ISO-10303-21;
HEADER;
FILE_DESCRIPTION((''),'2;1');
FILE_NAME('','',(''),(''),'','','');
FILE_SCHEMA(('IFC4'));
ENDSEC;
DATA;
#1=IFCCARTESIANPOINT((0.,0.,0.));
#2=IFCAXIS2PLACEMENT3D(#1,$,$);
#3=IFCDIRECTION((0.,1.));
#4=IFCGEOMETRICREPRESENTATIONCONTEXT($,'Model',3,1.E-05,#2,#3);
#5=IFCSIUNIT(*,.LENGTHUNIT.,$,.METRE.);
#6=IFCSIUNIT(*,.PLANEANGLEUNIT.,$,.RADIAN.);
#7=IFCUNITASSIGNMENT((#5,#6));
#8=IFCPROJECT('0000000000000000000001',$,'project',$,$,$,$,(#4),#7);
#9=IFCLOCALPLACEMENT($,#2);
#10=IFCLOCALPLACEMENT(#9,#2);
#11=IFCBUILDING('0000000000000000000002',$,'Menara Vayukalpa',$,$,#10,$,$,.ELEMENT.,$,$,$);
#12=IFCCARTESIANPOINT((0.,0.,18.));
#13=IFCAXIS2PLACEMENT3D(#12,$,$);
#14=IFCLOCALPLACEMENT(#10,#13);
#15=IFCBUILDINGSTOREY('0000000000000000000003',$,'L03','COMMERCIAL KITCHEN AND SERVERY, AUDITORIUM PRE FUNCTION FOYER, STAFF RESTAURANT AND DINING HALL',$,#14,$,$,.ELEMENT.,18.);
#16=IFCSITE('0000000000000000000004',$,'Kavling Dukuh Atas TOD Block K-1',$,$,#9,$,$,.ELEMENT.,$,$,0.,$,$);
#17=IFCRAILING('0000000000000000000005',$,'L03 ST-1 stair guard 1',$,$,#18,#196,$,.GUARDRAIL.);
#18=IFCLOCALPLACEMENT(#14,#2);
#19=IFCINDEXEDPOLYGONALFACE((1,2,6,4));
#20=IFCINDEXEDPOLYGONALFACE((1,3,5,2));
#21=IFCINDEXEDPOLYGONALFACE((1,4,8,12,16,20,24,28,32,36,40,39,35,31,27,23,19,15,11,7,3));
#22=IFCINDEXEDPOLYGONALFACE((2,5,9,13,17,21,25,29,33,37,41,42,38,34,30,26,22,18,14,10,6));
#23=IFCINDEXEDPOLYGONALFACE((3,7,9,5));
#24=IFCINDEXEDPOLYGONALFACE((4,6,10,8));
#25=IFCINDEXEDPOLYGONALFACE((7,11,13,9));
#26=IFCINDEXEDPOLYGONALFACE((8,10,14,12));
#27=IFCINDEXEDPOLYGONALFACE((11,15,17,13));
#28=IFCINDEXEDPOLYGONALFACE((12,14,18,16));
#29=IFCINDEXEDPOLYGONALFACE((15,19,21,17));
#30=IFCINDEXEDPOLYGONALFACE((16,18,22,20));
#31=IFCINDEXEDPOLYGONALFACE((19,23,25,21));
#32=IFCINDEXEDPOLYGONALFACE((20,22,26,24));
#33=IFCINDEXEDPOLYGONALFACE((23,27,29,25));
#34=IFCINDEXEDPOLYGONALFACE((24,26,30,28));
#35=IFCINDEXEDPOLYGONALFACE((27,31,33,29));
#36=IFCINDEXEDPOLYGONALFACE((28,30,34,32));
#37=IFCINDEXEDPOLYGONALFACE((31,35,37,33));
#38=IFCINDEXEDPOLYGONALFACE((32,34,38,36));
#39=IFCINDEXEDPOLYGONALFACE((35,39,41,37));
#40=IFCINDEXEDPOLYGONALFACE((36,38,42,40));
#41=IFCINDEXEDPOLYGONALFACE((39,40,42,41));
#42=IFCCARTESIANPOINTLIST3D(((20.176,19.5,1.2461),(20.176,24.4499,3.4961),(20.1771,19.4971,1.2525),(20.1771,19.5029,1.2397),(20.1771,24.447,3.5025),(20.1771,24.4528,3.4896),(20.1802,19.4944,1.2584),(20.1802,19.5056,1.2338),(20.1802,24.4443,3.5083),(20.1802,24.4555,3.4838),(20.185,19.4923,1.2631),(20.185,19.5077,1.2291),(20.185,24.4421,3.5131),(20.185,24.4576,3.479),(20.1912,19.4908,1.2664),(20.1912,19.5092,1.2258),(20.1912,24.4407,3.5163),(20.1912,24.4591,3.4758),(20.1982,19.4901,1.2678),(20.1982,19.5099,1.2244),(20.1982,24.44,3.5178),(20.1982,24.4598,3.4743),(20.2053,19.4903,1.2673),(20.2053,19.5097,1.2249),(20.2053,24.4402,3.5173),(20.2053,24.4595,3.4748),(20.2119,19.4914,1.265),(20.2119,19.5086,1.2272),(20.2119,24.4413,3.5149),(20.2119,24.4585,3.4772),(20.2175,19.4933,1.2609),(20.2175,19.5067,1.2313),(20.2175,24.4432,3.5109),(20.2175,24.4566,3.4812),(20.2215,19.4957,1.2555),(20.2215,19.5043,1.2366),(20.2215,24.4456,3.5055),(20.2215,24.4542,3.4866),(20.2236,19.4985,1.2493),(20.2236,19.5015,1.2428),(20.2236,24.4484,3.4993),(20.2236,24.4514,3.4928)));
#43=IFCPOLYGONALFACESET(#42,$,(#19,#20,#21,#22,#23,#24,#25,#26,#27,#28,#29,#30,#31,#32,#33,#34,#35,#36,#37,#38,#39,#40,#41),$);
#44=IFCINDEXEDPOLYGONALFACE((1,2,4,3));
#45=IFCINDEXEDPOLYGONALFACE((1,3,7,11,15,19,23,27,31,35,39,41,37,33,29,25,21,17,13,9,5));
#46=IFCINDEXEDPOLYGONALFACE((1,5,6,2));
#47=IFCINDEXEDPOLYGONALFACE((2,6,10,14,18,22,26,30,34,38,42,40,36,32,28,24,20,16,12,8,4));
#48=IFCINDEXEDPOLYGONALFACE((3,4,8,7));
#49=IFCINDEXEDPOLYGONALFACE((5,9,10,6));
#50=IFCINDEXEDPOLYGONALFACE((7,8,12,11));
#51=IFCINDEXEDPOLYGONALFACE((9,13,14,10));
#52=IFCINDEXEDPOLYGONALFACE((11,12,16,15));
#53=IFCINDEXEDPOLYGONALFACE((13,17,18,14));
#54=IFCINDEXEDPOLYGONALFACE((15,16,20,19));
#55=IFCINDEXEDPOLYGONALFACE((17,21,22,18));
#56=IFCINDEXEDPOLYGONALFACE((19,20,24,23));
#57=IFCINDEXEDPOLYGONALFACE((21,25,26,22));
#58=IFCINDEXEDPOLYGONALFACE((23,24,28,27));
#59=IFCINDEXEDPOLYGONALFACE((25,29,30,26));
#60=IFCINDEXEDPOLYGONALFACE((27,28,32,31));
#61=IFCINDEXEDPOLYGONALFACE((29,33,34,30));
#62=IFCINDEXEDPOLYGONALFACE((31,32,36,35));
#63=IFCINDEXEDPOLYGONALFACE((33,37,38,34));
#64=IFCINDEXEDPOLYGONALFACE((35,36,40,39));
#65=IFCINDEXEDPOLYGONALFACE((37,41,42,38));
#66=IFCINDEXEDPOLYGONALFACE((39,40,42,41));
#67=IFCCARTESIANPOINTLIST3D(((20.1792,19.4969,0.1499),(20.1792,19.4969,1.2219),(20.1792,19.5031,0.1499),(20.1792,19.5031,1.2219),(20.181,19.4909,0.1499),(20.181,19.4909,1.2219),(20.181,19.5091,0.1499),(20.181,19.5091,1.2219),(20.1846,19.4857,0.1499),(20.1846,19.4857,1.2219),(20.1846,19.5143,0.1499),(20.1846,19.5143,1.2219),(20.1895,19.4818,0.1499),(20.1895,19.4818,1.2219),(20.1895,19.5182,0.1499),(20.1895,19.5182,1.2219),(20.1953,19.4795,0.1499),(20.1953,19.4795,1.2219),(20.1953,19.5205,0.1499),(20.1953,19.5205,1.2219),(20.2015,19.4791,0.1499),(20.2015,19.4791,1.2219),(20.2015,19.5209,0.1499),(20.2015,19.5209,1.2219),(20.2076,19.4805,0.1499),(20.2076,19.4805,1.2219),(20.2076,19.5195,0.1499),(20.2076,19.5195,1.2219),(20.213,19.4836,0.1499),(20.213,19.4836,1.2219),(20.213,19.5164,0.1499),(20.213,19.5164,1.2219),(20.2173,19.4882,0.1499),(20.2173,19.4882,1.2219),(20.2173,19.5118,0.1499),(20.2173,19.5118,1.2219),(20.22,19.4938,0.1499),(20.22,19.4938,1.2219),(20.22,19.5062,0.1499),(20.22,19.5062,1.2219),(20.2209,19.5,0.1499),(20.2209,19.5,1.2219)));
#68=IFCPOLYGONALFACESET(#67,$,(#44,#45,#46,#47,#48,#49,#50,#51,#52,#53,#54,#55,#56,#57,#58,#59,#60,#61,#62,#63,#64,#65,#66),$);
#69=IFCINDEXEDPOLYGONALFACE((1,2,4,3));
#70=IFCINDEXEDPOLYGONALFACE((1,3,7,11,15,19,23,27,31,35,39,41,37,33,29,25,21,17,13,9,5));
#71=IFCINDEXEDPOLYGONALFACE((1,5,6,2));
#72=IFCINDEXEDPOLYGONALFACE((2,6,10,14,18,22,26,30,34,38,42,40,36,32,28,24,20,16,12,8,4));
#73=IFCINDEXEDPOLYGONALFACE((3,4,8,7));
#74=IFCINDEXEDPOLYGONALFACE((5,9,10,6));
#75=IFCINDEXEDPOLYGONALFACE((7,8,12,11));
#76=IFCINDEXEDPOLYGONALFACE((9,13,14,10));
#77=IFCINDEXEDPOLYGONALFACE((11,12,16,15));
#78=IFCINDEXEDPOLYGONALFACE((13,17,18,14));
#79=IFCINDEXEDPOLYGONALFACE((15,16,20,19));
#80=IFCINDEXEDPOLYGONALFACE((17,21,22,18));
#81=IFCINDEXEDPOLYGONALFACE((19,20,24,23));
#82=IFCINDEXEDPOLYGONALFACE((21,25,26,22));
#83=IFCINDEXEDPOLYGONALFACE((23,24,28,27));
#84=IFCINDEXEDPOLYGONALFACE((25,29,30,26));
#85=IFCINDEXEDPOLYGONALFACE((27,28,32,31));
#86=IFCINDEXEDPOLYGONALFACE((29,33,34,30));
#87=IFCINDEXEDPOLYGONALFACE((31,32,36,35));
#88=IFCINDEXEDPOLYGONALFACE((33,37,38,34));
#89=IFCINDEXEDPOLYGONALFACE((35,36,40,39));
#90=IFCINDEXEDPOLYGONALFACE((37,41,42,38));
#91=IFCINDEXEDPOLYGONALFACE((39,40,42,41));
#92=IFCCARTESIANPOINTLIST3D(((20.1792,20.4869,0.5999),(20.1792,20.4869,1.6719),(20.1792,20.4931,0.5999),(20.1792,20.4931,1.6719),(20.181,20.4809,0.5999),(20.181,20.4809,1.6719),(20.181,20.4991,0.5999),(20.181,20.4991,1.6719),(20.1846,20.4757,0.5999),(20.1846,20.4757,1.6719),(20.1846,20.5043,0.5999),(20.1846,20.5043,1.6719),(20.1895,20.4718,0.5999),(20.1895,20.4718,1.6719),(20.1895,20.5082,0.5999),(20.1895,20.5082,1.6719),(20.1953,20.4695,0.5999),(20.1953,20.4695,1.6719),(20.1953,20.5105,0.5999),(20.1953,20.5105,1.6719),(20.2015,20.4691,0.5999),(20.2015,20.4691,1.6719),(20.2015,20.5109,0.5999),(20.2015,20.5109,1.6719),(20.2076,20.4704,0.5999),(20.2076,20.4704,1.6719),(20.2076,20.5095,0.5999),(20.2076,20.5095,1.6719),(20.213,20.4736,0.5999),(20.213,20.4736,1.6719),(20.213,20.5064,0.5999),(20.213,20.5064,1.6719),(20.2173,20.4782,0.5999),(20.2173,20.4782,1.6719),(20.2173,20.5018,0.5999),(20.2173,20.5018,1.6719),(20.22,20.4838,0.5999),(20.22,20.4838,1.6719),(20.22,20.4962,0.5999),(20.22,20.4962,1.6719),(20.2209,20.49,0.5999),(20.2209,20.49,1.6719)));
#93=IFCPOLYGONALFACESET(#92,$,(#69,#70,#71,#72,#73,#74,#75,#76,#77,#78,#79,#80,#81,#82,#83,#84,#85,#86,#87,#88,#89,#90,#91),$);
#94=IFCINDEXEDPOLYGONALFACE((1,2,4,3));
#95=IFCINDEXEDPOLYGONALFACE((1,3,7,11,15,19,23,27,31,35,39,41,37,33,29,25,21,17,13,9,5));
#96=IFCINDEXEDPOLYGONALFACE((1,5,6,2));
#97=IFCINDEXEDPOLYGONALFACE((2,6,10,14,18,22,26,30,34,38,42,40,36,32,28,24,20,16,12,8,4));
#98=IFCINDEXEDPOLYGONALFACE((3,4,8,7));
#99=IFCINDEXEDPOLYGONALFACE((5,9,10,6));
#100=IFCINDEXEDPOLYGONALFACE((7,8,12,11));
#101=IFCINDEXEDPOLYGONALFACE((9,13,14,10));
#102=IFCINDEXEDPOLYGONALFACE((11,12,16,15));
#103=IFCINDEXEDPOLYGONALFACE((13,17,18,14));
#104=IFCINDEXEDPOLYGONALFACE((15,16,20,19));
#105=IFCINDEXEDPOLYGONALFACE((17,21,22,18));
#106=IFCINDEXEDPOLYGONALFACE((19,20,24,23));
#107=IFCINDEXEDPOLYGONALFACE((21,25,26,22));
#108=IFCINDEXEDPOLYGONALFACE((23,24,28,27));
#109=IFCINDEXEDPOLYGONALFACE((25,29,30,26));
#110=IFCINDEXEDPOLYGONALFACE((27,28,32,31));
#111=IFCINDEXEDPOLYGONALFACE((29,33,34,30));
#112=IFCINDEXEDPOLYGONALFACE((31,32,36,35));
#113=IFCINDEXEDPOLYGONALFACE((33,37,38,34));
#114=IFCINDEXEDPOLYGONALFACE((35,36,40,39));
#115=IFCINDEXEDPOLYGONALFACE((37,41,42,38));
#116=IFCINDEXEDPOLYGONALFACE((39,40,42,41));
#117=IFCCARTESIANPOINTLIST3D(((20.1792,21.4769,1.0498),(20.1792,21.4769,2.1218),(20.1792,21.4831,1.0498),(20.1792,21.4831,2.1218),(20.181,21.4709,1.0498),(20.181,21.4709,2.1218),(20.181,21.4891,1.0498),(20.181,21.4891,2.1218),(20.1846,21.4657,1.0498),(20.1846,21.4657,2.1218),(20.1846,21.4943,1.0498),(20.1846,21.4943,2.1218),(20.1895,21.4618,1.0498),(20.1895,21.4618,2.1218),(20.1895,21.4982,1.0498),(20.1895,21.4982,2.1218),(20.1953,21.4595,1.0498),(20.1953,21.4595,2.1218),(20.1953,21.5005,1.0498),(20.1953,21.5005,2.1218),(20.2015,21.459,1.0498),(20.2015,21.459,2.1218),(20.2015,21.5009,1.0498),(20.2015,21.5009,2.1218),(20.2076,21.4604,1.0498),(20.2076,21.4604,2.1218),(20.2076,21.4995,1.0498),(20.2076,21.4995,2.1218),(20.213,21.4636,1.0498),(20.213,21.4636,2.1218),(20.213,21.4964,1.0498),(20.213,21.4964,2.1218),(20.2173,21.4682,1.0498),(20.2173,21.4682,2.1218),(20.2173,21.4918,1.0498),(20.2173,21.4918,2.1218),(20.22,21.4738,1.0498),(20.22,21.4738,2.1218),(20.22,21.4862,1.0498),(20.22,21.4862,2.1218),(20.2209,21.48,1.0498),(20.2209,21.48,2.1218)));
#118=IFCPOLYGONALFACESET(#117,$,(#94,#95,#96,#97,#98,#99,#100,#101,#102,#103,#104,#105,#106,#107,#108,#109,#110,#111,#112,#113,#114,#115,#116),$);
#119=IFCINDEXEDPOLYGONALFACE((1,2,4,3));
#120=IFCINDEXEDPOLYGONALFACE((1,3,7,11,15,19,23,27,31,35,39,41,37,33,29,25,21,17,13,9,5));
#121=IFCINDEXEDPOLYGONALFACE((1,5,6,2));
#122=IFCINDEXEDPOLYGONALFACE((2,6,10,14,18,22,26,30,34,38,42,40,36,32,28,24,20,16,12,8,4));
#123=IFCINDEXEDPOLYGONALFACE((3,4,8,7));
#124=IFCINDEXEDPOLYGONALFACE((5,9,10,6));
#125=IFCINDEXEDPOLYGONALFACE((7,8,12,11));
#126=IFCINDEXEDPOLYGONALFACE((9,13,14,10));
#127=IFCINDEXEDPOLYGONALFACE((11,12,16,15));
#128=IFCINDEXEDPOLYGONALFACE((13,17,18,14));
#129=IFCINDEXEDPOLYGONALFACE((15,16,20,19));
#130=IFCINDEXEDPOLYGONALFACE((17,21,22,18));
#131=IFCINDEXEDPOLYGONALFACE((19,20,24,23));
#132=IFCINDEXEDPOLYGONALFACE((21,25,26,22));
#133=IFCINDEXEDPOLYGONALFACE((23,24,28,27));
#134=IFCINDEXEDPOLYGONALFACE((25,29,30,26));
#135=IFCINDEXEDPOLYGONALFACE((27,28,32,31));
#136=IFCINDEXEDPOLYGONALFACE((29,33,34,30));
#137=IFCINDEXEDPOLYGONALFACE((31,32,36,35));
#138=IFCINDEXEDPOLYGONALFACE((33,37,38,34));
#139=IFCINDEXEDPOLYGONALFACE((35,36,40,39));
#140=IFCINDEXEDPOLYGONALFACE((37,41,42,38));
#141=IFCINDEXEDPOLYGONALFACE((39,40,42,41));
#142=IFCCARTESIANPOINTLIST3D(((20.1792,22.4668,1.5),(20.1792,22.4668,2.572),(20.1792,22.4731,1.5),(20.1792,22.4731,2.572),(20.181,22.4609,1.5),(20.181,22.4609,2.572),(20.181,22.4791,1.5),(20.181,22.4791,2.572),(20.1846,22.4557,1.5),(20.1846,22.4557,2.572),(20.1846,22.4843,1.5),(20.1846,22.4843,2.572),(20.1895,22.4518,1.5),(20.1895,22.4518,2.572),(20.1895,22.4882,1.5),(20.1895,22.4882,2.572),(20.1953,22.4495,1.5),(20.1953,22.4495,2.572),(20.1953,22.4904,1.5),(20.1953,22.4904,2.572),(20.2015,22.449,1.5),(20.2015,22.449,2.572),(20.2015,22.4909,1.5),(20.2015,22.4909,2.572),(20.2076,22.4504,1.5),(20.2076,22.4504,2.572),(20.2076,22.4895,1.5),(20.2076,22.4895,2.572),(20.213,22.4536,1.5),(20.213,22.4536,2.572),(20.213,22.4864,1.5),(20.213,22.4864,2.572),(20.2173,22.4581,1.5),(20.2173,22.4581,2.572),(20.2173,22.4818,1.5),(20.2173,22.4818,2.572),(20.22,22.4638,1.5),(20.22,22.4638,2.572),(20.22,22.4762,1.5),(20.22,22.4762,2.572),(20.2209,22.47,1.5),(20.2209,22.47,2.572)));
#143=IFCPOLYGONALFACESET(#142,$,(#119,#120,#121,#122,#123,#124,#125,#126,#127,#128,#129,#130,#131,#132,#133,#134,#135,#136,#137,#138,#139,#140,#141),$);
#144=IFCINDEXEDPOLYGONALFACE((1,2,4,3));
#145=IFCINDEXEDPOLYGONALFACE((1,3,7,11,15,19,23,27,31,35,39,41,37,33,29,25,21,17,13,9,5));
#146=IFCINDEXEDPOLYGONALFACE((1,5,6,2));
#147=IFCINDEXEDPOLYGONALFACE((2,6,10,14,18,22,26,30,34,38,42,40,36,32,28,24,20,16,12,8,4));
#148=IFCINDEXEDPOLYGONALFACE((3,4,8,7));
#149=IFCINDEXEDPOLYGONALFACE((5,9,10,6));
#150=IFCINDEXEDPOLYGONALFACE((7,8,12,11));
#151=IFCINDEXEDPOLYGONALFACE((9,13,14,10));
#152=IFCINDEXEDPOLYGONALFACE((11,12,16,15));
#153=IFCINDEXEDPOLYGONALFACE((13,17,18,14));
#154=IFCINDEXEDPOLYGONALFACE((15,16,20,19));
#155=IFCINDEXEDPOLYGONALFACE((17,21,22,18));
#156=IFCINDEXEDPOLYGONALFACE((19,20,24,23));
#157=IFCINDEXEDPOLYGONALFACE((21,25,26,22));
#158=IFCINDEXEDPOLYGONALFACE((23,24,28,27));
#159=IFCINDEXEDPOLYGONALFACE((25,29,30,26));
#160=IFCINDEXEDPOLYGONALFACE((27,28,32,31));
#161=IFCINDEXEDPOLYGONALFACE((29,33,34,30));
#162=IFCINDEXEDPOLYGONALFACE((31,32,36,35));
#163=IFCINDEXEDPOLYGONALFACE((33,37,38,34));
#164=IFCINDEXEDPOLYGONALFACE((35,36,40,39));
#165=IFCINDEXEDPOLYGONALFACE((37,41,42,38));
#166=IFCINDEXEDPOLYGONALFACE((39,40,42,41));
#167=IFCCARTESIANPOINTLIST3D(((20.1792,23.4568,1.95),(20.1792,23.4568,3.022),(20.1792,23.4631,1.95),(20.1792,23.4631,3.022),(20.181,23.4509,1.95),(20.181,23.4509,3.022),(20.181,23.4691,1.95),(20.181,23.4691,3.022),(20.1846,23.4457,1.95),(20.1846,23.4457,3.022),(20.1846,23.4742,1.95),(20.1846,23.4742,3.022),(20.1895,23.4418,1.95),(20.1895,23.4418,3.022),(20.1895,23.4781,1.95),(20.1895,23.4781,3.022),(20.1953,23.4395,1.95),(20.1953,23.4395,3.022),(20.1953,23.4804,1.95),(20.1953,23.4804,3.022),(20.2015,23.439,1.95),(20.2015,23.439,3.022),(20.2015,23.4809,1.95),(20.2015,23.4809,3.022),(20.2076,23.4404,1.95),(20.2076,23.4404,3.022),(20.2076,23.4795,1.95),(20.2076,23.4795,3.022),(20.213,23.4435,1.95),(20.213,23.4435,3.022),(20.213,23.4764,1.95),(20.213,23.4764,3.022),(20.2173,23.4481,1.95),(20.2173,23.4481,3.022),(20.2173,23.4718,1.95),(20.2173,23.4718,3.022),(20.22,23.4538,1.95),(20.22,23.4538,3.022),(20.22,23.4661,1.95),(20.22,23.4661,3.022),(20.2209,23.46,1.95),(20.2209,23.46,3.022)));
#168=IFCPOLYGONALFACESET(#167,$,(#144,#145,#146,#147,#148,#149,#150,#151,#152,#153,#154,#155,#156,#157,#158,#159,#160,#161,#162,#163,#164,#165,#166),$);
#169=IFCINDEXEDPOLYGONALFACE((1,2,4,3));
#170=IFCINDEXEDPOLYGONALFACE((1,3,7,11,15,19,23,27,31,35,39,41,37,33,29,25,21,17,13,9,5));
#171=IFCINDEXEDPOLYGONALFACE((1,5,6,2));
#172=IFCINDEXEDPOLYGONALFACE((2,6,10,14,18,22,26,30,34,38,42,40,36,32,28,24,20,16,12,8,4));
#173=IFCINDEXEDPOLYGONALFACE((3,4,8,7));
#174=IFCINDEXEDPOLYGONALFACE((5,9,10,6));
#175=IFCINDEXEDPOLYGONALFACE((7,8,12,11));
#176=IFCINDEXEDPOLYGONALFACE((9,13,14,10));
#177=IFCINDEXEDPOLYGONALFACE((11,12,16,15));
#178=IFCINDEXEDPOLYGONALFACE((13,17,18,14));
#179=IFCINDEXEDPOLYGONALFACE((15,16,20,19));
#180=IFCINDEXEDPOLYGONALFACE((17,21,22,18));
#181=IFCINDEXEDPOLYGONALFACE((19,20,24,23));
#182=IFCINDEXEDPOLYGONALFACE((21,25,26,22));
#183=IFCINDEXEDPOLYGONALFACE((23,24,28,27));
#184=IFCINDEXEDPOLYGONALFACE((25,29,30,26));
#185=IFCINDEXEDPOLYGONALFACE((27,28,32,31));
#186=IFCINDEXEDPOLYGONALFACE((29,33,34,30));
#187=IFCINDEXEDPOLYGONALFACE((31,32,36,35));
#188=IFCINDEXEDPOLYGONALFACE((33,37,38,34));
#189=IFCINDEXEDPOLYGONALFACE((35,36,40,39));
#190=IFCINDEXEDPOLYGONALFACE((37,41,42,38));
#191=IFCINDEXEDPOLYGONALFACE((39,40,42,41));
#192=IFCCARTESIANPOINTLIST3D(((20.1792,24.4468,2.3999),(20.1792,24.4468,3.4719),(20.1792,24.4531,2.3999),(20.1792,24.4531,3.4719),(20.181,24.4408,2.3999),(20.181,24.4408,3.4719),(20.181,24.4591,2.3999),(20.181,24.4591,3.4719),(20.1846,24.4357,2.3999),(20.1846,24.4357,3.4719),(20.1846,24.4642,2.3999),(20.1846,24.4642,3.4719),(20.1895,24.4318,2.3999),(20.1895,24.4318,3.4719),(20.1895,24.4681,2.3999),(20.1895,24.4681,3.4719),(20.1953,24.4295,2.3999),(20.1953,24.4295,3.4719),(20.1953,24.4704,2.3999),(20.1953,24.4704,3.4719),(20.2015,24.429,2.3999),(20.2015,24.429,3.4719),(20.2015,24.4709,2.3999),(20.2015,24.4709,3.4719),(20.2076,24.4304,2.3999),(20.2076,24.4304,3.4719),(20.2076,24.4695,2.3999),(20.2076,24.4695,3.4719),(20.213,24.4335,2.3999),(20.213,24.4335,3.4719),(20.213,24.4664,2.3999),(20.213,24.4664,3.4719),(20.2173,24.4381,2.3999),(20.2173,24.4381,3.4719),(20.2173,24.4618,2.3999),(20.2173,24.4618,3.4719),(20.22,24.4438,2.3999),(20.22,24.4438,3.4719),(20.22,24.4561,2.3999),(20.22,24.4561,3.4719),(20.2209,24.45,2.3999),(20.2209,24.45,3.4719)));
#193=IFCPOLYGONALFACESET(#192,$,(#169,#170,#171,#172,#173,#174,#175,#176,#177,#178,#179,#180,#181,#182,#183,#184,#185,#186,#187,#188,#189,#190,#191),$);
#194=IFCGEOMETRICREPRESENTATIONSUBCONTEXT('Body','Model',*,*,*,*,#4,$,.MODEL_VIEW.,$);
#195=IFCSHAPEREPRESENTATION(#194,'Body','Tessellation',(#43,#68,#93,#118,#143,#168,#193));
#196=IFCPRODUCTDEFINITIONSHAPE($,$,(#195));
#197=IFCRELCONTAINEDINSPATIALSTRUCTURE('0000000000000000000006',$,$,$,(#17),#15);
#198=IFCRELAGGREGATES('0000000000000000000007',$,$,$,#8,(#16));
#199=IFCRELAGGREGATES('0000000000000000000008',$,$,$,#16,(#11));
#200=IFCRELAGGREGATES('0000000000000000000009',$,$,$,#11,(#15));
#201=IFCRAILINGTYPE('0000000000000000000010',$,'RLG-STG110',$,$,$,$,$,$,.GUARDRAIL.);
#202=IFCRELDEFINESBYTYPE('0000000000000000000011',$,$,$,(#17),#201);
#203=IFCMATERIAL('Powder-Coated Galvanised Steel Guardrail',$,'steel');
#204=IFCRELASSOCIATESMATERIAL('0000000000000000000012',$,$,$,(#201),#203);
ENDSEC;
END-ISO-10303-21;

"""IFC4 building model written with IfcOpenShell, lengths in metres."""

from ifc_helpers import new_model, si_unit, direction, frame, origin, origin_2d, place, context, subcontext, project, spatial, circle, extrude, material, type_object, element, save


model = new_model("IFC4")

# Units and contexts
model_context = context("Model", 3, precision=1e-05, world=origin(), true_north=direction((0.0, 1.0)))
body_context = subcontext(model_context, "Body", "Model", "MODEL_VIEW")
ifc_project = project(units=[si_unit("LENGTHUNIT", "METRE"), si_unit("PLANEANGLEUNIT", "RADIAN")], contexts=[model_context])

# Site, building, storey
site_placement = place(None, origin())
site = spatial("IfcSite", under=ifc_project, at=site_placement, Name="Kavling Dukuh Atas TOD Block K-1", CompositionType="ELEMENT", RefElevation=0.0)
building_placement = place(site_placement, origin())
building = spatial("IfcBuilding", under=site, at=building_placement, Name="Menara Vayukalpa", CompositionType="ELEMENT")
storey_placement = place(building_placement, frame((0.0, 0.0, 18.0)))
storey = spatial("IfcBuildingStorey", under=building, at=storey_placement, Name="L03", Description="COMMERCIAL KITCHEN AND SERVERY, AUDITORIUM PRE FUNCTION FOYER, STAFF RESTAURANT AND DINING HALL", CompositionType="ELEMENT", Elevation=18.0)

# Railing
ifc_material_1 = material(Name="Powder-Coated Galvanised Steel Guardrail", Category="steel")
railing_type = type_object("IfcRailingType", Name="RLG-STG110", PredefinedType="GUARDRAIL", material=ifc_material_1)
railing_1_placement = place(storey_placement, frame((20.2, 19.5, 0.1499)))
element("IfcRailing", 1, at=railing_1_placement, inside=storey, type_object=railing_type, Name="L03 ST-1 stair guard 1", PredefinedType="GUARDRAIL", context=body_context, shape_type="SweptSolid", body=[
    extrude(circle(Radius=0.0239, at=origin_2d()), frame((0.0, 0.0, 1.0962), z_axis=(0.0, 0.910365, 0.413806), x_axis=(-1.0, 0.0, 0.0)), (0.0, 0.0, 1.0), 5.4373),
    extrude(circle(Radius=0.021, at=origin_2d()), origin(), (0.0, 0.0, 1.0), 1.072),
    extrude(circle(Radius=0.021, at=origin_2d()), frame((0.0, 0.99, 0.45)), (0.0, 0.0, 1.0), 1.072),
    extrude(circle(Radius=0.021, at=origin_2d()), frame((0.0, 1.98, 0.8999)), (0.0, 0.0, 1.0), 1.072),
    extrude(circle(Radius=0.021, at=origin_2d()), frame((0.0, 2.97, 1.3501)), (0.0, 0.0, 1.0), 1.072),
    extrude(circle(Radius=0.021, at=origin_2d()), frame((0.0, 3.96, 1.8)), (0.0, 0.0, 1.0), 1.072),
    extrude(circle(Radius=0.021, at=origin_2d()), frame((0.0, 4.95, 2.25)), (0.0, 0.0, 1.0), 1.072),
])

save(model, "model.ifc")
